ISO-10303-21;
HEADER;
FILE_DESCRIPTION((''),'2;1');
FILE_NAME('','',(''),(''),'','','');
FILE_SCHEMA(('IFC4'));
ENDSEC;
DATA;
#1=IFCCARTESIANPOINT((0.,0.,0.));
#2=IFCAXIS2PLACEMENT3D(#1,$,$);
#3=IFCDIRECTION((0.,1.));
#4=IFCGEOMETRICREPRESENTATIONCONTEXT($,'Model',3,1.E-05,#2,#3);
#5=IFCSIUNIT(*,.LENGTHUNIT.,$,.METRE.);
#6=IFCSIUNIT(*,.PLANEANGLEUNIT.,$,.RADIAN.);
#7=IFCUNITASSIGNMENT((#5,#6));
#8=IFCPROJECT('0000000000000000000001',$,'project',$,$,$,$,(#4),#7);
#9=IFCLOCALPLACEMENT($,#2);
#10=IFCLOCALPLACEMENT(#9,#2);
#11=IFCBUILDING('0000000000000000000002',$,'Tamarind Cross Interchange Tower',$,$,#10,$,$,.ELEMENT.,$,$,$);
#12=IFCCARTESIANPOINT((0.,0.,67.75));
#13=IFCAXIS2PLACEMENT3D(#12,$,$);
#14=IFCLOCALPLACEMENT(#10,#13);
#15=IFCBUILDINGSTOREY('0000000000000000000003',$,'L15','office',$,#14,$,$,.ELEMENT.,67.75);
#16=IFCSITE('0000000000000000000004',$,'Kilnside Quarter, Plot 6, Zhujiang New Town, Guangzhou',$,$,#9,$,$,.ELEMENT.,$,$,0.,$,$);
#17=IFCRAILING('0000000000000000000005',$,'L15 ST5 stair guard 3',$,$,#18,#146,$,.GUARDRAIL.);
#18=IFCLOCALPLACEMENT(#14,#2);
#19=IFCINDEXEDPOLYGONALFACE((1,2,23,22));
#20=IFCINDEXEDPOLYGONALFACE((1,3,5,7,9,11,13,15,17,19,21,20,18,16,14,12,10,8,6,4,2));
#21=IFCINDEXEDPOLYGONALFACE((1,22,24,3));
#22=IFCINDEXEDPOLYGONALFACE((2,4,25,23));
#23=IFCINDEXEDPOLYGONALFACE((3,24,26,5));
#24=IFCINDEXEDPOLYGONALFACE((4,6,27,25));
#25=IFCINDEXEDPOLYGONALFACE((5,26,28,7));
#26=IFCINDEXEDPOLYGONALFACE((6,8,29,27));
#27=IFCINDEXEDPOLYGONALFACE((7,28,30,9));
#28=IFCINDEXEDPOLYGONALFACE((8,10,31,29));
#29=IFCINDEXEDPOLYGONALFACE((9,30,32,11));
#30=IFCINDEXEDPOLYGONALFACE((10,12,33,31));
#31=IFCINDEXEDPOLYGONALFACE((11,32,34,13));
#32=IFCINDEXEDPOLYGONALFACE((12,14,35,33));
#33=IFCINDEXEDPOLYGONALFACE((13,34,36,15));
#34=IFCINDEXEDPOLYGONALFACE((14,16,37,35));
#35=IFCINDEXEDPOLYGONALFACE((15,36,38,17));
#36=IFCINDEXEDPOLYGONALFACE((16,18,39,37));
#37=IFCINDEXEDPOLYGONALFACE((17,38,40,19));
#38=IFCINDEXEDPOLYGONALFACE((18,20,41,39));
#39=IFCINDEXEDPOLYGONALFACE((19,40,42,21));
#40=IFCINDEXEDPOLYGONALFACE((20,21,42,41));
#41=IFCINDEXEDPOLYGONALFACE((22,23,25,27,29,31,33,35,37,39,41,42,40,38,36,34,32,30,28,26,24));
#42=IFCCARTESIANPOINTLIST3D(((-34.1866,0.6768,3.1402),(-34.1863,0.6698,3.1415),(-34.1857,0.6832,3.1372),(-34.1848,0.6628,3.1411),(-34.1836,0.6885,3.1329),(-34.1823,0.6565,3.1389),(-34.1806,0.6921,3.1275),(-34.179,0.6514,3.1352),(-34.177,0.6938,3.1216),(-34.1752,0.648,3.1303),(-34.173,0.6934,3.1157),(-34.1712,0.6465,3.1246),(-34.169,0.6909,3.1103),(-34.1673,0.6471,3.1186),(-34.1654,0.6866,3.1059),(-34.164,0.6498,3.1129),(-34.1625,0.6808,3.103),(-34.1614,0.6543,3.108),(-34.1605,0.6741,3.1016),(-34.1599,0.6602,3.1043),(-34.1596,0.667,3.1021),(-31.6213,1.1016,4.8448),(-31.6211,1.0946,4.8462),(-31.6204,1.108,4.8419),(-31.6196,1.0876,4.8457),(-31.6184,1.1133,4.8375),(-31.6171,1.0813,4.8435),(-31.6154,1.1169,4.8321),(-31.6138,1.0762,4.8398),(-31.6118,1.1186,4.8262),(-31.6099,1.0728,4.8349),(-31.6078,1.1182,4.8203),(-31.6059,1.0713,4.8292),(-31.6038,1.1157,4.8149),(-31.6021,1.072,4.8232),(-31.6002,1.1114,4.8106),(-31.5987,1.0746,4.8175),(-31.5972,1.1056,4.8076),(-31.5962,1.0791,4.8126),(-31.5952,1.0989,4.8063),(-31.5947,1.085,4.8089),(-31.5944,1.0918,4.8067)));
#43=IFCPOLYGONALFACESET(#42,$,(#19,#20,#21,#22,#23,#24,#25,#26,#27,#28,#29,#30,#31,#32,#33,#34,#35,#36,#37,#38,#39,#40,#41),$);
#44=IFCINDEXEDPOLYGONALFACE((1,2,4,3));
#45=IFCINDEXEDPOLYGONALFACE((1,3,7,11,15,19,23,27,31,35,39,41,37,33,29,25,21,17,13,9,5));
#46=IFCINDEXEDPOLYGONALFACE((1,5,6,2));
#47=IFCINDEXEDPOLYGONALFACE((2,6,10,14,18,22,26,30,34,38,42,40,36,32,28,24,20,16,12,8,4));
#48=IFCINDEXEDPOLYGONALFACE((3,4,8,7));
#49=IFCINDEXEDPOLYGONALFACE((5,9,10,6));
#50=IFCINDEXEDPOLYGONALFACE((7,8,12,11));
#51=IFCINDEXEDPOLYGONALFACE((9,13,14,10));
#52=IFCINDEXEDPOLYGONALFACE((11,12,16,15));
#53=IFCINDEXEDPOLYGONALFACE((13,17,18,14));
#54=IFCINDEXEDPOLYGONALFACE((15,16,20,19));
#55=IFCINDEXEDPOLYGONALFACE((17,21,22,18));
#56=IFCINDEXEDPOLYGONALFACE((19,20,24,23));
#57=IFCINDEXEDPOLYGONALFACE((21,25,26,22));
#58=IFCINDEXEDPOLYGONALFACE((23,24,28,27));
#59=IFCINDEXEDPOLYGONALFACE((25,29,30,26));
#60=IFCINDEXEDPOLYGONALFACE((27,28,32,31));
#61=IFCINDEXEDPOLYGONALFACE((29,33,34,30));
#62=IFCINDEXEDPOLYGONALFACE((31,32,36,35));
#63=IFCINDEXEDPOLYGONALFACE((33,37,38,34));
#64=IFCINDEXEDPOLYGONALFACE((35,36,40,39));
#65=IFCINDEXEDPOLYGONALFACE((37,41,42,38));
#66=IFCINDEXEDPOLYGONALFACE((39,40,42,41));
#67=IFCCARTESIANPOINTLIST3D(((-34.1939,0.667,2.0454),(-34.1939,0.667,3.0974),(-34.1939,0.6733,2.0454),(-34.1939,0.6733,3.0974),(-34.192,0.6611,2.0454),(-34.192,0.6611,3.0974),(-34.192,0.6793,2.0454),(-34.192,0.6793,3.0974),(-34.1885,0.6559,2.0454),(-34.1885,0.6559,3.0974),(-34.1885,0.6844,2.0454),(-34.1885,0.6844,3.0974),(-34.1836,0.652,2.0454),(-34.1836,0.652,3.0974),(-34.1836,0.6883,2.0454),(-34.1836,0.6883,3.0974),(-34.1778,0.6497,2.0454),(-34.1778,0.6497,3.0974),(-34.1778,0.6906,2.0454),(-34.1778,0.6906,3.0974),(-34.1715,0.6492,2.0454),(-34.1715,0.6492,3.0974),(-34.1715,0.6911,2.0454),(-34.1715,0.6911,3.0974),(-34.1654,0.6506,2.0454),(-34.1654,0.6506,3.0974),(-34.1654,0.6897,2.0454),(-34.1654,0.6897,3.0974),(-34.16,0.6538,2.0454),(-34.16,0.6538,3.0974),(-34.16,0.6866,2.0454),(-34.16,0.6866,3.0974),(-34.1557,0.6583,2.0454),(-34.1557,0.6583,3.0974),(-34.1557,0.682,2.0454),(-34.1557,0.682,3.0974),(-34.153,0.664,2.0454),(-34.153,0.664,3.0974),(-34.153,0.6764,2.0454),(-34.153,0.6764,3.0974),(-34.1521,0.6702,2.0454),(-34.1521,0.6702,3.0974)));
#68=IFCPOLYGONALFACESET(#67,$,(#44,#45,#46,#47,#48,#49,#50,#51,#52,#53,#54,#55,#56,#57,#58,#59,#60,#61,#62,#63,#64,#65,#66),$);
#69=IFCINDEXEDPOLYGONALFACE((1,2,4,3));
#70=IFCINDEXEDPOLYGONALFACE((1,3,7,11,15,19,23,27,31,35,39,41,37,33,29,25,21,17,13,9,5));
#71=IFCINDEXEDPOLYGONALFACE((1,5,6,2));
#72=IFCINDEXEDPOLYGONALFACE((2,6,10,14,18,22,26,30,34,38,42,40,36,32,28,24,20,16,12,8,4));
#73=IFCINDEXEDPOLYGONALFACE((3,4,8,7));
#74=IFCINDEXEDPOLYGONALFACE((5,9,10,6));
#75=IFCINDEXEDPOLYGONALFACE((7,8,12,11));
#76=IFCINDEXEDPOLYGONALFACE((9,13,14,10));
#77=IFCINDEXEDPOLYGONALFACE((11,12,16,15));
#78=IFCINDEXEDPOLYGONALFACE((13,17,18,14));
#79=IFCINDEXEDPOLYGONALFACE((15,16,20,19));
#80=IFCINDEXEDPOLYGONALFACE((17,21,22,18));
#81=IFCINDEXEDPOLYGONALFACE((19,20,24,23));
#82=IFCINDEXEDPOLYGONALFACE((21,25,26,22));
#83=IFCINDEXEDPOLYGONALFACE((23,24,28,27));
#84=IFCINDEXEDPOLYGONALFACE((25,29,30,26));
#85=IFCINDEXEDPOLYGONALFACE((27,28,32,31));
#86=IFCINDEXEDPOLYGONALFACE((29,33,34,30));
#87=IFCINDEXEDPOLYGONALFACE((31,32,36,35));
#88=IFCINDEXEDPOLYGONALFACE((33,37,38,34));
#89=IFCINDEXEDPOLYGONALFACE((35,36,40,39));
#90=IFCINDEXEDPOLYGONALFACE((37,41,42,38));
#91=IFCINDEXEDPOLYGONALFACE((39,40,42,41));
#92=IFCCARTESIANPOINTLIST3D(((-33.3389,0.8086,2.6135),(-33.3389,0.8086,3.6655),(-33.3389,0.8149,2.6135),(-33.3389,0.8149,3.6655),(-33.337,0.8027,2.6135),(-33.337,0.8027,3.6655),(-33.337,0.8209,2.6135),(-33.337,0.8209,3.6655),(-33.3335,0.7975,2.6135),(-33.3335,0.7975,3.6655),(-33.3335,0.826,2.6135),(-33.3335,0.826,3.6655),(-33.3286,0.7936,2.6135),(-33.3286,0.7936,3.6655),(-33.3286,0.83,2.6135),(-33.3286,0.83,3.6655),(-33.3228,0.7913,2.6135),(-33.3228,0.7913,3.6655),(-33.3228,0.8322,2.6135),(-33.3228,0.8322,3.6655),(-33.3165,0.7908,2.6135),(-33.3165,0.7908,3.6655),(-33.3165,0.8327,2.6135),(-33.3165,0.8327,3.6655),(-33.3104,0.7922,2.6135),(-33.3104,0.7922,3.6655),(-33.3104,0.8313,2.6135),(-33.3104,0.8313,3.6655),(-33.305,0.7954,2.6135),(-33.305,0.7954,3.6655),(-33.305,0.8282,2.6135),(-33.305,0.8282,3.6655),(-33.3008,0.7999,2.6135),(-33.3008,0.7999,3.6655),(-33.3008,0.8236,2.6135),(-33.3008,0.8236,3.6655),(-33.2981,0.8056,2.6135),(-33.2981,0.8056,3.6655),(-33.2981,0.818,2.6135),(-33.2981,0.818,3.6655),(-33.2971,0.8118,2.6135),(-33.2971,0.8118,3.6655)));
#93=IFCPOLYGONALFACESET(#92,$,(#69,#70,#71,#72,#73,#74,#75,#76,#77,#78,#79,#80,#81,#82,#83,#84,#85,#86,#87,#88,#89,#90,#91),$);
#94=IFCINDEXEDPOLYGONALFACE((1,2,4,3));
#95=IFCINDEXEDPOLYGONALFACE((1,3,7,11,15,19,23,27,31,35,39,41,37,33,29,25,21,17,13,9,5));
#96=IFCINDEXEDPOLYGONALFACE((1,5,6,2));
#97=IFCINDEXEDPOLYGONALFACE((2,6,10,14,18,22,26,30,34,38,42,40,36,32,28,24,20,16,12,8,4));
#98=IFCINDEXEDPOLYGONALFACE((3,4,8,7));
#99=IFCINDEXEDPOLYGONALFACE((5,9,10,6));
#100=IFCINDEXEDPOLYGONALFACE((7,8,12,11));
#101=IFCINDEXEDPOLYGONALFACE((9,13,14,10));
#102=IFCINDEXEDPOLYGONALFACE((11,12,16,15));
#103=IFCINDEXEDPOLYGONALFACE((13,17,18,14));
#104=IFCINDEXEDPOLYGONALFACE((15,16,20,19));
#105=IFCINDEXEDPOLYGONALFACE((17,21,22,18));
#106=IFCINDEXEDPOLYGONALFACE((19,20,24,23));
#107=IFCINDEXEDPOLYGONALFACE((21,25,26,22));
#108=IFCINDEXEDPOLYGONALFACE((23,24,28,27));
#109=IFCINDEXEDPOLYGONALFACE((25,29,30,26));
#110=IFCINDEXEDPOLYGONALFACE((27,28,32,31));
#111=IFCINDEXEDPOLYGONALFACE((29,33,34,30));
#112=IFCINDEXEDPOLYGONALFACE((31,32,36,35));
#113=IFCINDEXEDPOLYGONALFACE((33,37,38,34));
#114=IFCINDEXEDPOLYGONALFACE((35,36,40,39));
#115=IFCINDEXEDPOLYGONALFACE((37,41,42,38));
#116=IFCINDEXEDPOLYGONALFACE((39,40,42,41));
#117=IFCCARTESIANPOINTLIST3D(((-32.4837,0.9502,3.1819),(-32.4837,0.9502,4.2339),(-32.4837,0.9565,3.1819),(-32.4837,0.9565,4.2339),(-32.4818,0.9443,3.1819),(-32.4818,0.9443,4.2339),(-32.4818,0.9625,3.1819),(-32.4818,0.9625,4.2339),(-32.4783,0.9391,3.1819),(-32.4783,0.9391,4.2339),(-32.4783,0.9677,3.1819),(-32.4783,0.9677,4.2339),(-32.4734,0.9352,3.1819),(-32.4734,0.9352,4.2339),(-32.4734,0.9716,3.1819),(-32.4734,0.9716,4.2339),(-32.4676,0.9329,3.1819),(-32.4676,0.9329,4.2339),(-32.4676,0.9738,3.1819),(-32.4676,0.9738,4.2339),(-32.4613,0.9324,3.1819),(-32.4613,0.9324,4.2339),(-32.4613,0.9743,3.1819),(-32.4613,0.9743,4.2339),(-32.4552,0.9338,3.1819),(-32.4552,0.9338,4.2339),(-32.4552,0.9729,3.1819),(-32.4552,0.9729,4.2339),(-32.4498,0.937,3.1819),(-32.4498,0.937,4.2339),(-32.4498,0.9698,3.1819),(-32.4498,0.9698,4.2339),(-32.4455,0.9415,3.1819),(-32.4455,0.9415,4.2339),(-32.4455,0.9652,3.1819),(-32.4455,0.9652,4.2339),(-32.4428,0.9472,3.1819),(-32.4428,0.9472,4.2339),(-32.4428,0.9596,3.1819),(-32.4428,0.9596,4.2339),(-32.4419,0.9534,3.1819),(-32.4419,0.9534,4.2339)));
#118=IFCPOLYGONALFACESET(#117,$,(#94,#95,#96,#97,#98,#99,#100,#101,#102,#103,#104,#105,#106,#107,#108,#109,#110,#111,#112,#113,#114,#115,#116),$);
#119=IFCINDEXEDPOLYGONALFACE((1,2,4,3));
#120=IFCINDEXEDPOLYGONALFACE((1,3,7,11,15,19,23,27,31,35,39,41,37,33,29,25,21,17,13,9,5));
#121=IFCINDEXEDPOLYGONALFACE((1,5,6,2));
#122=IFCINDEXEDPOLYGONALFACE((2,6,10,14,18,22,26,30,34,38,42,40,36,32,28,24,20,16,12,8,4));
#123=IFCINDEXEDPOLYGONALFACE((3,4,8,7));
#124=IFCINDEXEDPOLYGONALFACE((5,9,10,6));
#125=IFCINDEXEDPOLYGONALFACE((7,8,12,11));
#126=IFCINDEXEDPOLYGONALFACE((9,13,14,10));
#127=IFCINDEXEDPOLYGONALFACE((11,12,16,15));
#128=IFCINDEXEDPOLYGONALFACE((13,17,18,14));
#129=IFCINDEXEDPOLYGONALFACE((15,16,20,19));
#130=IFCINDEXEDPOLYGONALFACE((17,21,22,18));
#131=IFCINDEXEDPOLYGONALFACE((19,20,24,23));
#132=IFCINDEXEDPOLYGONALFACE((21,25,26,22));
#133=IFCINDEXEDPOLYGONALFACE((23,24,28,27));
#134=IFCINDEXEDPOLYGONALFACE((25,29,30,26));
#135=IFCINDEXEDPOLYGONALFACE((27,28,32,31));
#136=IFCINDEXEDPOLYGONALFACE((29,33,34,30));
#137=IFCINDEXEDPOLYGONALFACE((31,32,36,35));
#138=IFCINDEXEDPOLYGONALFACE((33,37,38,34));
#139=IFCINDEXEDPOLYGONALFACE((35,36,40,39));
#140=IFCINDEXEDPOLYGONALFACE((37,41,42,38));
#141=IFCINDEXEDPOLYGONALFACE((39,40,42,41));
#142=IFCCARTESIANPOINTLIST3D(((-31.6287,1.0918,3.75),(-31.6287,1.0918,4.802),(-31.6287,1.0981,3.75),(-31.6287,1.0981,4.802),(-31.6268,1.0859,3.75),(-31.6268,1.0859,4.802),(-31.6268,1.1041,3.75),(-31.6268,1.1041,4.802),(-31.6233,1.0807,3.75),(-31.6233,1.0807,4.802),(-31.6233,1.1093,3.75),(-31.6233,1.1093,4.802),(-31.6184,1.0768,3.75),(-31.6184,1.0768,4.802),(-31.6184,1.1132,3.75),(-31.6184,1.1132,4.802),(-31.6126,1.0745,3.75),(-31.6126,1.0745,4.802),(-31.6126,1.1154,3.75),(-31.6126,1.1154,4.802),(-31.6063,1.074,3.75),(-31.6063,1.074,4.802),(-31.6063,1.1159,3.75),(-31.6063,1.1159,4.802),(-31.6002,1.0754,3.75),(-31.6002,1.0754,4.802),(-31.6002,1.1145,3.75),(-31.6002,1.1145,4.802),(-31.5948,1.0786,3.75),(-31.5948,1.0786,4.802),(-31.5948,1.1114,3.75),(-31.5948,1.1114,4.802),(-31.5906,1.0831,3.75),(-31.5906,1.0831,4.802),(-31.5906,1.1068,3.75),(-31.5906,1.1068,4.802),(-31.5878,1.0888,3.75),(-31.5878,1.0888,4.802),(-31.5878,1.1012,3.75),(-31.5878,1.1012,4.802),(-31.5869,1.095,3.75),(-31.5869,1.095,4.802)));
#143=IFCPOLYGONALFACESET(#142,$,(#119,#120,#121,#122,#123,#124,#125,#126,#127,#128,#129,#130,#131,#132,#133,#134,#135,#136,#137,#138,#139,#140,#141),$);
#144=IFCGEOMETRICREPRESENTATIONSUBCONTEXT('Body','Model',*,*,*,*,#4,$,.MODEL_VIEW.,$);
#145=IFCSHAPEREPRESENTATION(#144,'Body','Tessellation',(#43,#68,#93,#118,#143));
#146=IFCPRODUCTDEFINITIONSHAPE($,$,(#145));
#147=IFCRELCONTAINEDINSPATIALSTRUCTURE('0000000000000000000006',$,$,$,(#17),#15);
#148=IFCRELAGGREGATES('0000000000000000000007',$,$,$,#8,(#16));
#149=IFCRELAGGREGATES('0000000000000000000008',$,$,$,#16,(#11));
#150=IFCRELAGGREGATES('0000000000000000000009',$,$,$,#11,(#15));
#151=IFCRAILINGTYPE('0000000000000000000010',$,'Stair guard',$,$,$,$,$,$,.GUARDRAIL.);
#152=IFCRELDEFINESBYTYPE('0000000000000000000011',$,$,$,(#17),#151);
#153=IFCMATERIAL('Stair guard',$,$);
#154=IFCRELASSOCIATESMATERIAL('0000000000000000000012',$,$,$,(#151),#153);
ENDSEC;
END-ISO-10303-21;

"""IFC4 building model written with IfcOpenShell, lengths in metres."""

from ifc_helpers import new_model, si_unit, direction, frame, origin, origin_2d, place, context, subcontext, project, spatial, circle, extrude, material, type_object, element, save


model = new_model("IFC4")

# Units and contexts
model_context = context("Model", 3, precision=1e-05, world=origin(), true_north=direction((0.0, 1.0)))
body_context = subcontext(model_context, "Body", "Model", "MODEL_VIEW")
ifc_project = project(units=[si_unit("LENGTHUNIT", "METRE"), si_unit("PLANEANGLEUNIT", "RADIAN")], contexts=[model_context])

# Site, building, storey
site_placement = place(None, origin())
site = spatial("IfcSite", under=ifc_project, at=site_placement, Name="Kilnside Quarter, Plot 6, Zhujiang New Town, Guangzhou", CompositionType="ELEMENT", RefElevation=0.0)
building_placement = place(site_placement, origin())
building = spatial("IfcBuilding", under=site, at=building_placement, Name="Tamarind Cross Interchange Tower", CompositionType="ELEMENT")
storey_placement = place(building_placement, frame((0.0, 0.0, 67.75)))
storey = spatial("IfcBuildingStorey", under=building, at=storey_placement, Name="L15", Description="office", CompositionType="ELEMENT", Elevation=67.75)

# Railing
ifc_material_1 = material(Name="Stair guard")
railing_type_1 = type_object("IfcRailingType", Name="Stair guard", PredefinedType="GUARDRAIL", material=ifc_material_1)
railing_1_placement = place(storey_placement, frame((-34.1731, 0.6702, 2.0454)))
element("IfcRailing", 1, at=railing_1_placement, inside=storey, type_object=railing_type_1, Name="L15 ST5 stair guard 3", PredefinedType="GUARDRAIL", context=body_context, shape_type="SweptSolid", body=[
    extrude(circle(Radius=0.0239, at=origin_2d()), frame((0.0, 0.0, 1.0762), z_axis=(0.825068, 0.136634, 0.548265), x_axis=(-0.163379, 0.986563, 0.0)), (0.0, 0.0, 1.0), 3.1091),
    extrude(circle(Radius=0.021, at=origin_2d()), origin(), (0.0, 0.0, 1.0), 1.052),
    extrude(circle(Radius=0.021, at=origin_2d()), frame((0.855, 0.1416, 0.5681)), (0.0, 0.0, 1.0), 1.052),
    extrude(circle(Radius=0.021, at=origin_2d()), frame((1.7102, 0.2832, 1.1365)), (0.0, 0.0, 1.0), 1.052),
    extrude(circle(Radius=0.021, at=origin_2d()), frame((2.5652, 0.4248, 1.7046)), (0.0, 0.0, 1.0), 1.052),
])

save(model, "model.ifc")
